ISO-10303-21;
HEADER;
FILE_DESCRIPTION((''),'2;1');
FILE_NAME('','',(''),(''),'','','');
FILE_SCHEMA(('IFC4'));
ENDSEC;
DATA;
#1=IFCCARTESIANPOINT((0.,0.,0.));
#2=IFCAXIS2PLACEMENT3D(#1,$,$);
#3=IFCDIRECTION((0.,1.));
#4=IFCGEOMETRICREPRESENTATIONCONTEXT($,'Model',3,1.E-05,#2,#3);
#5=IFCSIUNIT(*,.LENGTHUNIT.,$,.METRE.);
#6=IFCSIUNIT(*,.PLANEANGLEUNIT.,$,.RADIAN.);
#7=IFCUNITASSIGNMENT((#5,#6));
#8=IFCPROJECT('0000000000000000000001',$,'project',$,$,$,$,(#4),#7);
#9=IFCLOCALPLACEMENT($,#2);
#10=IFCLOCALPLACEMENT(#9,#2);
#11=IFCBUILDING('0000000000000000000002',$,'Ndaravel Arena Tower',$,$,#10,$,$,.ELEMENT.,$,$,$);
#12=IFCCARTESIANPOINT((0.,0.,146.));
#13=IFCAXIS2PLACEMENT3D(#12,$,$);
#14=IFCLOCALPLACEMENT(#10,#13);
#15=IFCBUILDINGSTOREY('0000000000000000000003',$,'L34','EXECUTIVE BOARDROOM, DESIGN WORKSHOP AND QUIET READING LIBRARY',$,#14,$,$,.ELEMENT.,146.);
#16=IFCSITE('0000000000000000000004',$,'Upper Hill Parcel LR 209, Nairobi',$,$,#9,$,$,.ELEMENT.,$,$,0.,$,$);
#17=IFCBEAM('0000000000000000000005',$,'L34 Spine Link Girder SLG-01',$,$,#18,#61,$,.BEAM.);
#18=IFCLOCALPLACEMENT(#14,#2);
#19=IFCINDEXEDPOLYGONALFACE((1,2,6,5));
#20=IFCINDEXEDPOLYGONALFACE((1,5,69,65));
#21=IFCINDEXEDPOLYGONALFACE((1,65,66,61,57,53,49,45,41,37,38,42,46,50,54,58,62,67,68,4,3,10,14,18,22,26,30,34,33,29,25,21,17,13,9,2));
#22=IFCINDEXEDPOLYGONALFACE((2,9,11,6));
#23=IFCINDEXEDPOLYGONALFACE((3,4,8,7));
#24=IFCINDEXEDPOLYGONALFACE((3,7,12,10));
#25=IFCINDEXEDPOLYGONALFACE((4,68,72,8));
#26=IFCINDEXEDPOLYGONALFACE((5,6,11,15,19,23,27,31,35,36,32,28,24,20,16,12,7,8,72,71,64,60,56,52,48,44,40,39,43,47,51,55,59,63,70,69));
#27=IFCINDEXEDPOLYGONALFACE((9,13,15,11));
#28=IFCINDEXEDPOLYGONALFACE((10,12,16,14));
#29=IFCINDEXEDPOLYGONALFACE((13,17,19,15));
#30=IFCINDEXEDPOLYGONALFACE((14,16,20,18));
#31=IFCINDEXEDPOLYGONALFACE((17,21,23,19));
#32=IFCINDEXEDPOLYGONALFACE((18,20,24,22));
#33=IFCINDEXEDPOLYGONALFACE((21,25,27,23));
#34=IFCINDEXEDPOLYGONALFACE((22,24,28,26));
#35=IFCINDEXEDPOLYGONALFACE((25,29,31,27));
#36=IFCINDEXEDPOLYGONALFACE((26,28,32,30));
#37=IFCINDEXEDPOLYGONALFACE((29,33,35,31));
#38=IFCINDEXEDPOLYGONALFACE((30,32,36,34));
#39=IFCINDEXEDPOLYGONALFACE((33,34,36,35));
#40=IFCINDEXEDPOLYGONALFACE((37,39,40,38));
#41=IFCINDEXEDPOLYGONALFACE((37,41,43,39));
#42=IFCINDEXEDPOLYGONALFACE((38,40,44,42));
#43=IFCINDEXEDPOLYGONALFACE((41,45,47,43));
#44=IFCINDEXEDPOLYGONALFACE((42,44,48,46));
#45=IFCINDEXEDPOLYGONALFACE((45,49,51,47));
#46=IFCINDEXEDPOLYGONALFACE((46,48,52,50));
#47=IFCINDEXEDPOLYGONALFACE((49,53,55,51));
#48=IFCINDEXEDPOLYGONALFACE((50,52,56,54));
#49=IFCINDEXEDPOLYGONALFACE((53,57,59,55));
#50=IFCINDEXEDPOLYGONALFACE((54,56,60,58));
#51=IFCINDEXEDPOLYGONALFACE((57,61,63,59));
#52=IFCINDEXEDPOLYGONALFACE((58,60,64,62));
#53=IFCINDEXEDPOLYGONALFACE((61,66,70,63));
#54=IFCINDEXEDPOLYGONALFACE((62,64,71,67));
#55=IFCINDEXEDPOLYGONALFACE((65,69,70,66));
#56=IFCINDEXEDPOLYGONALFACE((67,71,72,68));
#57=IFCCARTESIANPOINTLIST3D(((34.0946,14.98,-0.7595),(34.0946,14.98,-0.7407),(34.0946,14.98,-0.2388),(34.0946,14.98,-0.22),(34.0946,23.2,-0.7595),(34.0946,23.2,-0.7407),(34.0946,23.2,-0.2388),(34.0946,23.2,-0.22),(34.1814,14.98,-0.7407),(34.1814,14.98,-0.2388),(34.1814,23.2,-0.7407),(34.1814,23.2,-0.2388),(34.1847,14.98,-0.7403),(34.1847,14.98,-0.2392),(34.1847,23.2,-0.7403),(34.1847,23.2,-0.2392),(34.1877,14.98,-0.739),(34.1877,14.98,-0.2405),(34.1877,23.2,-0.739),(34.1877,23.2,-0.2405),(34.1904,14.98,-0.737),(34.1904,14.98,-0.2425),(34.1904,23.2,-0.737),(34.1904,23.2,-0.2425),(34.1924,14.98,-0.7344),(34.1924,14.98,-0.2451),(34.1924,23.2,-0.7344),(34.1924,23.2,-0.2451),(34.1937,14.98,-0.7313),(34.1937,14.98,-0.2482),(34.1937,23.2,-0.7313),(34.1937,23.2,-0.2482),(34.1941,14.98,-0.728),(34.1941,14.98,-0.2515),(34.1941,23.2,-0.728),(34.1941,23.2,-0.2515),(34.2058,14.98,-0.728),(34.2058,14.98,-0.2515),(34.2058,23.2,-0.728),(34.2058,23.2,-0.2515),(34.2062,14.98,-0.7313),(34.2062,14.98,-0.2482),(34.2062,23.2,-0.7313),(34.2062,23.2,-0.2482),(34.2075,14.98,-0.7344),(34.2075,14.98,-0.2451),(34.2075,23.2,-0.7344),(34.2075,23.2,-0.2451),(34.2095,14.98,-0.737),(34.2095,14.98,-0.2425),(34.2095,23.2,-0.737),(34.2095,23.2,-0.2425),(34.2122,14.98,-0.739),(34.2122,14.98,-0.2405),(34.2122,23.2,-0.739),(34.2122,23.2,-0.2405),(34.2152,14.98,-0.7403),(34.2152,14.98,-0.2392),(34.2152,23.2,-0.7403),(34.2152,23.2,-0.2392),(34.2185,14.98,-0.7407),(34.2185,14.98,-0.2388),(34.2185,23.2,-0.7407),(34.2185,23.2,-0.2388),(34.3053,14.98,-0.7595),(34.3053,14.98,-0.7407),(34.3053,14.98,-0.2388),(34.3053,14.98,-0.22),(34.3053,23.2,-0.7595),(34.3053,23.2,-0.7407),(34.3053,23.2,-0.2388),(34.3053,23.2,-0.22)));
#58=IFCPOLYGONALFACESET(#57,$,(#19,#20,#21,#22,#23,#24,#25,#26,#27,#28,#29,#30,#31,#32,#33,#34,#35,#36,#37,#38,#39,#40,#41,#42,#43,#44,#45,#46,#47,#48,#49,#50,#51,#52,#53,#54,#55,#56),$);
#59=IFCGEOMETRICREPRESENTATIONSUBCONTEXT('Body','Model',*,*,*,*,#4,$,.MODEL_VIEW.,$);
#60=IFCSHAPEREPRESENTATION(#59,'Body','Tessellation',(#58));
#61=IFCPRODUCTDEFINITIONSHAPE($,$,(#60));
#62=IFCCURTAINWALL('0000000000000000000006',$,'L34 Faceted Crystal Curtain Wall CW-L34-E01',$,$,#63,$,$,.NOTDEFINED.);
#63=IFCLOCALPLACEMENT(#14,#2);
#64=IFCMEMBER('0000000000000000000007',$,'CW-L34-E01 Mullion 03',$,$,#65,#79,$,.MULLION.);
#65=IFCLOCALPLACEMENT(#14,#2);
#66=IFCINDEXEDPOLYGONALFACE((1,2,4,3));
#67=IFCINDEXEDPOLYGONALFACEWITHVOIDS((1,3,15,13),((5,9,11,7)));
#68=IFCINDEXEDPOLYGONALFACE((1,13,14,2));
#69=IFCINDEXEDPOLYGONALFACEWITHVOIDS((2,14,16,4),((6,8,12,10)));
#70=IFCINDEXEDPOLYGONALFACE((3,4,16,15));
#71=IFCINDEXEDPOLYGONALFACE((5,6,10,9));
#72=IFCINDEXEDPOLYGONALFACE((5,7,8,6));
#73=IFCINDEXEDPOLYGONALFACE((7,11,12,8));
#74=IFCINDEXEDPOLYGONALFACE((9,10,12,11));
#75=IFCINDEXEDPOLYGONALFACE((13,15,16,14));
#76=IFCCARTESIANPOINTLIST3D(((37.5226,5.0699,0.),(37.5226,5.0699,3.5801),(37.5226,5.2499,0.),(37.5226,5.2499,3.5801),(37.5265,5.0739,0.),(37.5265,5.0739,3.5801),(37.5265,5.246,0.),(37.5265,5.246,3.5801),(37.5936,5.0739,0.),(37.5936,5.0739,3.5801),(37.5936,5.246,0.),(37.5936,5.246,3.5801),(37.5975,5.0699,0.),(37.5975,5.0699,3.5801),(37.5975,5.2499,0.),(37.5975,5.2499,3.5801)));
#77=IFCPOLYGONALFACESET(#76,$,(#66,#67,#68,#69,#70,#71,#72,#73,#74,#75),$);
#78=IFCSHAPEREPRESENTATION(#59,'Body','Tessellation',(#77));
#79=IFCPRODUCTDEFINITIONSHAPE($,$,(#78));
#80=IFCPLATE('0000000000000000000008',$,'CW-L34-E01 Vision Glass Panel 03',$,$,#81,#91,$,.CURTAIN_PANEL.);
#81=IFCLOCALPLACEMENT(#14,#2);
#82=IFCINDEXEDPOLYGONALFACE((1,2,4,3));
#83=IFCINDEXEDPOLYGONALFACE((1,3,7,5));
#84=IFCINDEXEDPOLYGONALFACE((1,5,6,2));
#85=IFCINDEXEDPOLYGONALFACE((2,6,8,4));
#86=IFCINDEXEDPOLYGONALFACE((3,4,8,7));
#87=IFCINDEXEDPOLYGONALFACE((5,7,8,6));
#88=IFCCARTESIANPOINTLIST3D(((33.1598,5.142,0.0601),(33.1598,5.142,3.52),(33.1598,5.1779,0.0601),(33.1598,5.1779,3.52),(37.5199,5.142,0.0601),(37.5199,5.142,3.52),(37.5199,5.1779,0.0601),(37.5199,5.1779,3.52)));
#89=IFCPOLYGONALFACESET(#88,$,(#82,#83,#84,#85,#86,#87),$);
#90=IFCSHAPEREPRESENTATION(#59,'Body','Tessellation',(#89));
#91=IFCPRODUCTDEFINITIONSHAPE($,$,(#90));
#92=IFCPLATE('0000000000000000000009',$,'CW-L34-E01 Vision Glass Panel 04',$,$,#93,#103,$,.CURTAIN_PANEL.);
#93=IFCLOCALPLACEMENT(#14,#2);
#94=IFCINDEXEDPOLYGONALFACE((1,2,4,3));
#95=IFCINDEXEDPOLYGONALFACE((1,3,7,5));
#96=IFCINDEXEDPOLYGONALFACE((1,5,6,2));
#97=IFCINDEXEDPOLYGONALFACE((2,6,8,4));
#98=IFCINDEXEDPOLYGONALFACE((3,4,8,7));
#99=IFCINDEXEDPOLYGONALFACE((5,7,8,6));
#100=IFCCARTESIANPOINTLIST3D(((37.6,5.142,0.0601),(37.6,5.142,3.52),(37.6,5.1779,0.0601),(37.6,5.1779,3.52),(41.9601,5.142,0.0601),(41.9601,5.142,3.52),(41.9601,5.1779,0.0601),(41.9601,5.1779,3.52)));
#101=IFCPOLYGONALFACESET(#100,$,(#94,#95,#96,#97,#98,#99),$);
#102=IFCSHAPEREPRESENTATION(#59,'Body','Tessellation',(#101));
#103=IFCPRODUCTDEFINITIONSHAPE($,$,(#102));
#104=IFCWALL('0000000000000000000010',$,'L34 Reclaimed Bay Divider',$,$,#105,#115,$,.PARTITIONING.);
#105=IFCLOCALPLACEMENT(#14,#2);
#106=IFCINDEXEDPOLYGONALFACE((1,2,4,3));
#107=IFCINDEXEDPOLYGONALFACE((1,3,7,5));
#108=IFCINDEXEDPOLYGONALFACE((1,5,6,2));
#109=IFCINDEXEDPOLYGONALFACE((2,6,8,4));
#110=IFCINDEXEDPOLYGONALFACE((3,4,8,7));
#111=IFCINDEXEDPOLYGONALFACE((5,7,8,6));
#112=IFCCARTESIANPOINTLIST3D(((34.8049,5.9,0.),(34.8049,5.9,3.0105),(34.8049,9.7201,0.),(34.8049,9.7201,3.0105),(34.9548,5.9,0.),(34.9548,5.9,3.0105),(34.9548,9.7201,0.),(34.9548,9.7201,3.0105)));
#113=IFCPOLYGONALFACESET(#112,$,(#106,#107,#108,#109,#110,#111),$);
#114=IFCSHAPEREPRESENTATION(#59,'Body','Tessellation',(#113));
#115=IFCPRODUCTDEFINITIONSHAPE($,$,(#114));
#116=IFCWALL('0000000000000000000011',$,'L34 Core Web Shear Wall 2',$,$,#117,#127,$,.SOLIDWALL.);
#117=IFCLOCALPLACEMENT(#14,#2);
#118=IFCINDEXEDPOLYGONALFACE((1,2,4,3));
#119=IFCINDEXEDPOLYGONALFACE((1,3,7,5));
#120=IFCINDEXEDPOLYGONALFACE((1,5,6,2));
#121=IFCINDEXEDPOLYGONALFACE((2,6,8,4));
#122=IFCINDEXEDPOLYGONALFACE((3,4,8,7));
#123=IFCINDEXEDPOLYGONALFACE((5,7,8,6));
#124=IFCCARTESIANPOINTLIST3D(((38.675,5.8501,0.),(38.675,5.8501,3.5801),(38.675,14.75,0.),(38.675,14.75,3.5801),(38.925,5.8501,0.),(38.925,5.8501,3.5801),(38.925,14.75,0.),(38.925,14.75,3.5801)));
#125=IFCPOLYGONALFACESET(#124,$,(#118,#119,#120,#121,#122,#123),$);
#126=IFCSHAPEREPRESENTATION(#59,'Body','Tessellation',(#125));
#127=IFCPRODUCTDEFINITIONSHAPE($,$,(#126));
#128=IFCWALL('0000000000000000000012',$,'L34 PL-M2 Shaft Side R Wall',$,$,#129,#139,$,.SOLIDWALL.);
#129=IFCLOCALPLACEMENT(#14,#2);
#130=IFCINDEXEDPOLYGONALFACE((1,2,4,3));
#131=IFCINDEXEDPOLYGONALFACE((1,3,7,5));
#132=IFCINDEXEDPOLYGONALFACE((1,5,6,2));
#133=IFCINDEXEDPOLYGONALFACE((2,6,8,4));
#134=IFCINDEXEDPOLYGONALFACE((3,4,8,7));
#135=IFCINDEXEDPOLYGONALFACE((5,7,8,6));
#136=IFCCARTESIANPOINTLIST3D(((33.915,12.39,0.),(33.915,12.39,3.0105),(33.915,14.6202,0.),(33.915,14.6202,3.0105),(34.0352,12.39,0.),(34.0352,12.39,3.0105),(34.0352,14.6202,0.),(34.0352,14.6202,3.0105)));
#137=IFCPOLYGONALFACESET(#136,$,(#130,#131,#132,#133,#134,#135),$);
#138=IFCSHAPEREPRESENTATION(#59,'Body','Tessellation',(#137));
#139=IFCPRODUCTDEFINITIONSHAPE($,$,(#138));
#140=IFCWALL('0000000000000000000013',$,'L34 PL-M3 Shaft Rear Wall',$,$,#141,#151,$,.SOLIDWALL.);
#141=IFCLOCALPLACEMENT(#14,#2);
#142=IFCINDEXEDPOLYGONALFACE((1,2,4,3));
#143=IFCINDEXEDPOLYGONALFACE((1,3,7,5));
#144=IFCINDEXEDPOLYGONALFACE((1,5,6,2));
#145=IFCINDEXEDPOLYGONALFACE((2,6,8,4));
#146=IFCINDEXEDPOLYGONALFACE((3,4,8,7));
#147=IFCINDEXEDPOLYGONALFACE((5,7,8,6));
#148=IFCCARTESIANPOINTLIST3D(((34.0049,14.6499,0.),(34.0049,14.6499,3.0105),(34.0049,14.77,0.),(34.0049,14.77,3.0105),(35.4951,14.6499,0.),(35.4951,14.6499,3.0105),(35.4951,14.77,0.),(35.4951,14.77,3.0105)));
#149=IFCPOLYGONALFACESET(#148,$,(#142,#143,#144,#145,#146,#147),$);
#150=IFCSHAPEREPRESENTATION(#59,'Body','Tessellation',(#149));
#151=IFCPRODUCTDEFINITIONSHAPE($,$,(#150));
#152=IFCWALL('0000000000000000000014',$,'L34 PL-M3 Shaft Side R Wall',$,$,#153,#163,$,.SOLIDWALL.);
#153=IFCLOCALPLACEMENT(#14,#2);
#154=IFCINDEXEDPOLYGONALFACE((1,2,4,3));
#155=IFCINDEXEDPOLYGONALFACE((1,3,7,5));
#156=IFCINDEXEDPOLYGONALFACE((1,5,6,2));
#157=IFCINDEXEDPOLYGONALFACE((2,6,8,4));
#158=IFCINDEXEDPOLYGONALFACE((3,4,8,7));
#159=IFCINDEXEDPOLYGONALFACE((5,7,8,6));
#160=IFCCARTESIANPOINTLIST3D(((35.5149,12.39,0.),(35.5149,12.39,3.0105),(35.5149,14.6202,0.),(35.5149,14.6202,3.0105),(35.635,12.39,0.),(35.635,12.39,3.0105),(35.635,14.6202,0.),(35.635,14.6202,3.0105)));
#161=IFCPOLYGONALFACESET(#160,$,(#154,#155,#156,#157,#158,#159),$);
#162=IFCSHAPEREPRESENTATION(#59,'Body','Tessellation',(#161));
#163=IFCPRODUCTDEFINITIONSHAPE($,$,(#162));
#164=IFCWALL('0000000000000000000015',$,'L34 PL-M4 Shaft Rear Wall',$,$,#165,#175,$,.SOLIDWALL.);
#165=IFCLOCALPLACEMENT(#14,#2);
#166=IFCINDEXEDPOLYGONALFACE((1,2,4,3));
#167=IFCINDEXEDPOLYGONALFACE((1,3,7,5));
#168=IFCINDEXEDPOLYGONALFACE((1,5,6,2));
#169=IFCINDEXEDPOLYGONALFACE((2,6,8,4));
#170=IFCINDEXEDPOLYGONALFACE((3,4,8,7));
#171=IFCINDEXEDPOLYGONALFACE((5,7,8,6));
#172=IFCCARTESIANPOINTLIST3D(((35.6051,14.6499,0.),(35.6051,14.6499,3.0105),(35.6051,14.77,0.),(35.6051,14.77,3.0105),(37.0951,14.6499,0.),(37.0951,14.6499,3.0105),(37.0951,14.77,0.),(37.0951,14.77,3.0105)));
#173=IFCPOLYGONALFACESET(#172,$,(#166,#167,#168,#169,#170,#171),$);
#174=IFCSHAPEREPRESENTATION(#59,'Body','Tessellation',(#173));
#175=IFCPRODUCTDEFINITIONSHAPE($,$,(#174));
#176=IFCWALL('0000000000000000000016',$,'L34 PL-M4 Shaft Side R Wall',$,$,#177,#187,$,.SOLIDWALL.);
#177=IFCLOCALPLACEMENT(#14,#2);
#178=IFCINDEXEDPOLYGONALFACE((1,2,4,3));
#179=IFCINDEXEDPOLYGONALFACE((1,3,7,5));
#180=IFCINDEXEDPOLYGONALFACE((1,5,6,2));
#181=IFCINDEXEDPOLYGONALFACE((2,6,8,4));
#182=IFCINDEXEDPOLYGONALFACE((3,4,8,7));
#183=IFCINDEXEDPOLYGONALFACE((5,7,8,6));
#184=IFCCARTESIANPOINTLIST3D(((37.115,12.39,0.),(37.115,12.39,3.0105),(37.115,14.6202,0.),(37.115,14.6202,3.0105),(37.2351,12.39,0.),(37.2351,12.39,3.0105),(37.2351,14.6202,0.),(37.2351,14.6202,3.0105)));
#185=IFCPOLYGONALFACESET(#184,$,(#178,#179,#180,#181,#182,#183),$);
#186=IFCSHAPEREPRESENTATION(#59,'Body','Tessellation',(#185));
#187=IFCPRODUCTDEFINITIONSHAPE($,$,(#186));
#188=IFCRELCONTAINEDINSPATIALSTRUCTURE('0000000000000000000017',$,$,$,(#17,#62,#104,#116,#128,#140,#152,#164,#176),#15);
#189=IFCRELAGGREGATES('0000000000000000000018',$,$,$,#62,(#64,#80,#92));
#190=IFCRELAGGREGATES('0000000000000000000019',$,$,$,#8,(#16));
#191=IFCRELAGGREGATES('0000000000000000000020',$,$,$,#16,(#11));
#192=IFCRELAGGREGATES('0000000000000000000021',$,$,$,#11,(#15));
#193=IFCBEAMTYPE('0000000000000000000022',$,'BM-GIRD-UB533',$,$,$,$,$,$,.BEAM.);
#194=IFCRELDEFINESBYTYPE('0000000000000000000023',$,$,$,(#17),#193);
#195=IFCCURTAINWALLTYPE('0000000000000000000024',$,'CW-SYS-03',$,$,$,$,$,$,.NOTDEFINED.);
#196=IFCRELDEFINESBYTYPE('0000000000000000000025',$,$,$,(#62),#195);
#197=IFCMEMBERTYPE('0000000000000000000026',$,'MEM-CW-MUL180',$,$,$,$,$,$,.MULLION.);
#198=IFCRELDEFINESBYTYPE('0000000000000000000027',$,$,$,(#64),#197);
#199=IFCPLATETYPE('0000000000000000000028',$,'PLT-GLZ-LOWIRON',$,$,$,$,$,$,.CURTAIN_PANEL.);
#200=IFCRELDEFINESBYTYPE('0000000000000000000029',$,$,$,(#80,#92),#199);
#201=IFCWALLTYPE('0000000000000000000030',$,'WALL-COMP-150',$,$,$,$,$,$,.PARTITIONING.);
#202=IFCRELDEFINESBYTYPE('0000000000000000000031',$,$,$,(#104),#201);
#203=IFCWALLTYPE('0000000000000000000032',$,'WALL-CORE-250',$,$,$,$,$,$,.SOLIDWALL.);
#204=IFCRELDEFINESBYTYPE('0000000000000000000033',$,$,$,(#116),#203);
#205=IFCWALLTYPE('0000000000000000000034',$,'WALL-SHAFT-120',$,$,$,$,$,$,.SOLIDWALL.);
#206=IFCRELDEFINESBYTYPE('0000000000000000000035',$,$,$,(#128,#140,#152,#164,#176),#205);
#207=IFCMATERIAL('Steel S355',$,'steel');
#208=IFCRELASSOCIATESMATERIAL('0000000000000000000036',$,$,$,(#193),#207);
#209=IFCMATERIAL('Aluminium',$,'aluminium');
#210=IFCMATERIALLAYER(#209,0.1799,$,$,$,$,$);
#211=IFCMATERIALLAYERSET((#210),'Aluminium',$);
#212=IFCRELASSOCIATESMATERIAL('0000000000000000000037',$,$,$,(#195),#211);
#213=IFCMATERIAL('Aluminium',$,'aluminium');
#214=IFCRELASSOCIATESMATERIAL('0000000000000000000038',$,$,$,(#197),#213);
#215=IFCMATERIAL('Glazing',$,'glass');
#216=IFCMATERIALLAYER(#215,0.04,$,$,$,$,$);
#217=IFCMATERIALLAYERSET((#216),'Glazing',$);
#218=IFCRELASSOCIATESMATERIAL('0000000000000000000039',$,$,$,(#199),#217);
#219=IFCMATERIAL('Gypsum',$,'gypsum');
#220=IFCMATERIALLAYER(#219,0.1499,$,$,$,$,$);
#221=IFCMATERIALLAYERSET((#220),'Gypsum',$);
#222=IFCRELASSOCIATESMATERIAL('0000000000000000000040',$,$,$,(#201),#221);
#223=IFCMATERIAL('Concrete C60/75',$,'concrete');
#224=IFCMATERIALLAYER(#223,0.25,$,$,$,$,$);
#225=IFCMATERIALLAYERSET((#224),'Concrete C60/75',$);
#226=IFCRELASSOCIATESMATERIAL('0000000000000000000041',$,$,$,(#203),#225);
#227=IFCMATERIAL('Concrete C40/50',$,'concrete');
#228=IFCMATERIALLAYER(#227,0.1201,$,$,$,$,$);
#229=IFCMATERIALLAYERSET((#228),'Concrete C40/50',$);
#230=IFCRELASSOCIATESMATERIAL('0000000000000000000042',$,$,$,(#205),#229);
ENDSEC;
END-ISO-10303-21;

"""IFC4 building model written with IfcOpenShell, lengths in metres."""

from ifc_helpers import new_model, si_unit, direction, frame, frame_2d, origin, origin_2d, place, context, subcontext, project, spatial, rectangle, hollow_rectangle, i_section, extrude, material, layer, layer_set, material_profile, profile_set, type_object, element, aggregate, save


model = new_model("IFC4")

# Units and contexts
model_context = context("Model", 3, precision=1e-05, world=origin(), true_north=direction((0.0, 1.0)))
body_context = subcontext(model_context, "Body", "Model", "MODEL_VIEW")
ifc_project = project(units=[si_unit("LENGTHUNIT", "METRE"), si_unit("PLANEANGLEUNIT", "RADIAN")], contexts=[model_context])

# Site, building, storey
site_placement = place(None, origin())
site = spatial("IfcSite", under=ifc_project, at=site_placement, Name="Upper Hill Parcel LR 209, Nairobi", CompositionType="ELEMENT", RefElevation=0.0)
building_placement = place(site_placement, origin())
building = spatial("IfcBuilding", under=site, at=building_placement, Name="Ndaravel Arena Tower", CompositionType="ELEMENT")
storey_placement = place(building_placement, frame((0.0, 0.0, 146.0)))
storey = spatial("IfcBuildingStorey", under=building, at=storey_placement, Name="L34", Description="EXECUTIVE BOARDROOM, DESIGN WORKSHOP AND QUIET READING LIBRARY", CompositionType="ELEMENT", Elevation=146.0)

# Beam
ifc_material_1 = material(Name="Steel S355", Category="steel")
ifc_material_profile_1 = material_profile(ifc_material_1, i_section(OverallWidth=0.2107, OverallDepth=0.5396, WebThickness=0.0117, FlangeThickness=0.0188, FilletRadius=0.0127, at=origin_2d()), Name="UB 533x210x109")
ifc_profile_set_1 = profile_set([ifc_material_profile_1], Name="Steel S355")
beam_type = type_object("IfcBeamType", Name="BM-GIRD-UB533", PredefinedType="BEAM", material=ifc_profile_set_1)
beam_placement = place(storey_placement, frame((34.2, 14.98, -0.4897), z_axis=(0.0, 1.0, 0.0), x_axis=(-1.0, 0.0, 0.0)))
element("IfcBeam", 1, at=beam_placement, inside=storey, type_object=beam_type, Name="L34 Spine Link Girder SLG-01", PredefinedType="BEAM", context=body_context, shape_type="SweptSolid", body=[
    extrude(i_section(OverallWidth=0.2107, OverallDepth=0.5396, WebThickness=0.0117, FlangeThickness=0.0188, FilletRadius=0.0127, at=origin_2d()), origin(), (0.0, 0.0, 1.0), 8.22),
])

# Curtain wall, member, plates
ifc_material_2 = material(Name="Aluminium", Category="aluminium")
ifc_layer_1 = layer(ifc_material_2, 0.1799)
ifc_layer_set_1 = layer_set([ifc_layer_1], Name="Aluminium")
curtain_wall_type = type_object("IfcCurtainWallType", Name="CW-SYS-03", PredefinedType="NOTDEFINED", material=ifc_layer_set_1)
curtain_wall_placement = place(storey_placement, origin())
curtain_wall = element("IfcCurtainWall", 2, at=curtain_wall_placement, inside=storey, type_object=curtain_wall_type, Name="L34 Faceted Crystal Curtain Wall CW-L34-E01", PredefinedType="NOTDEFINED")
ifc_material_3 = material(Name="Aluminium", Category="aluminium")
ifc_material_profile_2 = material_profile(ifc_material_3, hollow_rectangle(XDim=0.075, YDim=0.1799, WallThickness=0.0039, at=origin_2d()), Name="CW MULLION 75x180x4")
ifc_profile_set_2 = profile_set([ifc_material_profile_2], Name="Aluminium")
member_type = type_object("IfcMemberType", Name="MEM-CW-MUL180", PredefinedType="MULLION", material=ifc_profile_set_2)
member_placement = place(storey_placement, frame((37.5601, 5.1599, 0.0), z_axis=(0.0, 0.0, 1.0), x_axis=(1.0, 0.0, 0.0)))
member = element("IfcMember", 3, at=member_placement, type_object=member_type, Name="CW-L34-E01 Mullion 03", PredefinedType="MULLION", context=body_context, shape_type="SweptSolid", body=[
    extrude(hollow_rectangle(XDim=0.075, YDim=0.1799, WallThickness=0.0039, at=origin_2d()), origin(), (0.0, 0.0, 1.0), 3.5801),
])
ifc_material_4 = material(Name="Glazing", Category="glass")
ifc_layer_2 = layer(ifc_material_4, 0.04)
ifc_layer_set_2 = layer_set([ifc_layer_2], Name="Glazing")
plate_type = type_object("IfcPlateType", Name="PLT-GLZ-LOWIRON", PredefinedType="CURTAIN_PANEL", material=ifc_layer_set_2)
plate_1_placement = place(storey_placement, frame((35.3398, 5.1599, 0.0601), z_axis=(0.0, 0.0, 1.0), x_axis=(1.0, 0.0, 0.0)))
plate_1 = element("IfcPlate", 4, at=plate_1_placement, type_object=plate_type, Name="CW-L34-E01 Vision Glass Panel 03", PredefinedType="CURTAIN_PANEL", context=body_context, shape_type="SweptSolid", body=[
    extrude(rectangle(XDim=4.3601, YDim=0.0359, at=origin_2d()), origin(), (0.0, 0.0, 1.0), 3.46),
])
plate_2_placement = place(storey_placement, frame((39.78, 5.1599, 0.0601), z_axis=(0.0, 0.0, 1.0), x_axis=(1.0, 0.0, 0.0)))
plate_2 = element("IfcPlate", 5, at=plate_2_placement, type_object=plate_type, Name="CW-L34-E01 Vision Glass Panel 04", PredefinedType="CURTAIN_PANEL", context=body_context, shape_type="SweptSolid", body=[
    extrude(rectangle(XDim=4.3601, YDim=0.0359, at=origin_2d()), origin(), (0.0, 0.0, 1.0), 3.46),
])
aggregate(curtain_wall, [member, plate_1, plate_2])

# Walls
ifc_material_5 = material(Name="Gypsum", Category="gypsum")
ifc_layer_3 = layer(ifc_material_5, 0.1499)
ifc_layer_set_3 = layer_set([ifc_layer_3], Name="Gypsum")
wall_type_1 = type_object("IfcWallType", Name="WALL-COMP-150", PredefinedType="PARTITIONING", material=ifc_layer_set_3)
wall_1_placement = place(storey_placement, frame((34.8799, 5.8999, 0.0), z_axis=(0.0, 0.0, 1.0), x_axis=(0.0, 1.0, 0.0)))
element("IfcWall", 6, at=wall_1_placement, inside=storey, type_object=wall_type_1, Name="L34 Reclaimed Bay Divider", PredefinedType="PARTITIONING", context=body_context, shape_type="SweptSolid", body=[
    extrude(rectangle(XDim=3.8201, YDim=0.1499, at=frame_2d((1.9102, 0.0))), origin(), (0.0, 0.0, 1.0), 3.0105),
])
ifc_material_6 = material(Name="Concrete C60/75", Category="concrete")
ifc_layer_4 = layer(ifc_material_6, 0.25)
ifc_layer_set_4 = layer_set([ifc_layer_4], Name="Concrete C60/75")
wall_type_2 = type_object("IfcWallType", Name="WALL-CORE-250", PredefinedType="SOLIDWALL", material=ifc_layer_set_4)
wall_2_placement = place(storey_placement, frame((38.8, 5.8501, 0.0), z_axis=(0.0, 0.0, 1.0), x_axis=(0.0, 1.0, 0.0)))
element("IfcWall", 7, at=wall_2_placement, inside=storey, type_object=wall_type_2, Name="L34 Core Web Shear Wall 2", PredefinedType="SOLIDWALL", context=body_context, shape_type="SweptSolid", body=[
    extrude(rectangle(XDim=8.8999, YDim=0.25, at=frame_2d((4.45, 0.0))), origin(), (0.0, 0.0, 1.0), 3.5801),
])
ifc_material_7 = material(Name="Concrete C40/50", Category="concrete")
ifc_layer_5 = layer(ifc_material_7, 0.1201)
ifc_layer_set_5 = layer_set([ifc_layer_5], Name="Concrete C40/50")
wall_type_3 = type_object("IfcWallType", Name="WALL-SHAFT-120", PredefinedType="SOLIDWALL", material=ifc_layer_set_5)
wall_3_placement = place(storey_placement, frame((33.9751, 12.3899, 0.0), z_axis=(0.0, 0.0, 1.0), x_axis=(0.0, 1.0, 0.0)))
element("IfcWall", 8, at=wall_3_placement, inside=storey, type_object=wall_type_3, Name="L34 PL-M2 Shaft Side R Wall", PredefinedType="SOLIDWALL", context=body_context, shape_type="SweptSolid", body=[
    extrude(rectangle(XDim=2.2302, YDim=0.1201, at=frame_2d((1.1152, 0.0))), origin(), (0.0, 0.0, 1.0), 3.0105),
])
wall_4_placement = place(storey_placement, frame((34.0049, 14.71, 0.0), z_axis=(0.0, 0.0, 1.0), x_axis=(1.0, 0.0, 0.0)))
element("IfcWall", 9, at=wall_4_placement, inside=storey, type_object=wall_type_3, Name="L34 PL-M3 Shaft Rear Wall", PredefinedType="SOLIDWALL", context=body_context, shape_type="SweptSolid", body=[
    extrude(rectangle(XDim=1.4902, YDim=0.1201, at=frame_2d((0.7451, 0.0))), origin(), (0.0, 0.0, 1.0), 3.0105),
])
wall_5_placement = place(storey_placement, frame((35.575, 12.3899, 0.0), z_axis=(0.0, 0.0, 1.0), x_axis=(0.0, 1.0, 0.0)))
element("IfcWall", 10, at=wall_5_placement, inside=storey, type_object=wall_type_3, Name="L34 PL-M3 Shaft Side R Wall", PredefinedType="SOLIDWALL", context=body_context, shape_type="SweptSolid", body=[
    extrude(rectangle(XDim=2.2302, YDim=0.1201, at=frame_2d((1.1152, 0.0))), origin(), (0.0, 0.0, 1.0), 3.0105),
])
wall_6_placement = place(storey_placement, frame((35.605, 14.71, 0.0), z_axis=(0.0, 0.0, 1.0), x_axis=(1.0, 0.0, 0.0)))
element("IfcWall", 11, at=wall_6_placement, inside=storey, type_object=wall_type_3, Name="L34 PL-M4 Shaft Rear Wall", PredefinedType="SOLIDWALL", context=body_context, shape_type="SweptSolid", body=[
    extrude(rectangle(XDim=1.49, YDim=0.1201, at=frame_2d((0.7451, 0.0))), origin(), (0.0, 0.0, 1.0), 3.0105),
])
wall_7_placement = place(storey_placement, frame((37.175, 12.3899, 0.0), z_axis=(0.0, 0.0, 1.0), x_axis=(0.0, 1.0, 0.0)))
element("IfcWall", 12, at=wall_7_placement, inside=storey, type_object=wall_type_3, Name="L34 PL-M4 Shaft Side R Wall", PredefinedType="SOLIDWALL", context=body_context, shape_type="SweptSolid", body=[
    extrude(rectangle(XDim=2.2302, YDim=0.1201, at=frame_2d((1.1152, 0.0))), origin(), (0.0, 0.0, 1.0), 3.0105),
])

save(model, "model.ifc")
